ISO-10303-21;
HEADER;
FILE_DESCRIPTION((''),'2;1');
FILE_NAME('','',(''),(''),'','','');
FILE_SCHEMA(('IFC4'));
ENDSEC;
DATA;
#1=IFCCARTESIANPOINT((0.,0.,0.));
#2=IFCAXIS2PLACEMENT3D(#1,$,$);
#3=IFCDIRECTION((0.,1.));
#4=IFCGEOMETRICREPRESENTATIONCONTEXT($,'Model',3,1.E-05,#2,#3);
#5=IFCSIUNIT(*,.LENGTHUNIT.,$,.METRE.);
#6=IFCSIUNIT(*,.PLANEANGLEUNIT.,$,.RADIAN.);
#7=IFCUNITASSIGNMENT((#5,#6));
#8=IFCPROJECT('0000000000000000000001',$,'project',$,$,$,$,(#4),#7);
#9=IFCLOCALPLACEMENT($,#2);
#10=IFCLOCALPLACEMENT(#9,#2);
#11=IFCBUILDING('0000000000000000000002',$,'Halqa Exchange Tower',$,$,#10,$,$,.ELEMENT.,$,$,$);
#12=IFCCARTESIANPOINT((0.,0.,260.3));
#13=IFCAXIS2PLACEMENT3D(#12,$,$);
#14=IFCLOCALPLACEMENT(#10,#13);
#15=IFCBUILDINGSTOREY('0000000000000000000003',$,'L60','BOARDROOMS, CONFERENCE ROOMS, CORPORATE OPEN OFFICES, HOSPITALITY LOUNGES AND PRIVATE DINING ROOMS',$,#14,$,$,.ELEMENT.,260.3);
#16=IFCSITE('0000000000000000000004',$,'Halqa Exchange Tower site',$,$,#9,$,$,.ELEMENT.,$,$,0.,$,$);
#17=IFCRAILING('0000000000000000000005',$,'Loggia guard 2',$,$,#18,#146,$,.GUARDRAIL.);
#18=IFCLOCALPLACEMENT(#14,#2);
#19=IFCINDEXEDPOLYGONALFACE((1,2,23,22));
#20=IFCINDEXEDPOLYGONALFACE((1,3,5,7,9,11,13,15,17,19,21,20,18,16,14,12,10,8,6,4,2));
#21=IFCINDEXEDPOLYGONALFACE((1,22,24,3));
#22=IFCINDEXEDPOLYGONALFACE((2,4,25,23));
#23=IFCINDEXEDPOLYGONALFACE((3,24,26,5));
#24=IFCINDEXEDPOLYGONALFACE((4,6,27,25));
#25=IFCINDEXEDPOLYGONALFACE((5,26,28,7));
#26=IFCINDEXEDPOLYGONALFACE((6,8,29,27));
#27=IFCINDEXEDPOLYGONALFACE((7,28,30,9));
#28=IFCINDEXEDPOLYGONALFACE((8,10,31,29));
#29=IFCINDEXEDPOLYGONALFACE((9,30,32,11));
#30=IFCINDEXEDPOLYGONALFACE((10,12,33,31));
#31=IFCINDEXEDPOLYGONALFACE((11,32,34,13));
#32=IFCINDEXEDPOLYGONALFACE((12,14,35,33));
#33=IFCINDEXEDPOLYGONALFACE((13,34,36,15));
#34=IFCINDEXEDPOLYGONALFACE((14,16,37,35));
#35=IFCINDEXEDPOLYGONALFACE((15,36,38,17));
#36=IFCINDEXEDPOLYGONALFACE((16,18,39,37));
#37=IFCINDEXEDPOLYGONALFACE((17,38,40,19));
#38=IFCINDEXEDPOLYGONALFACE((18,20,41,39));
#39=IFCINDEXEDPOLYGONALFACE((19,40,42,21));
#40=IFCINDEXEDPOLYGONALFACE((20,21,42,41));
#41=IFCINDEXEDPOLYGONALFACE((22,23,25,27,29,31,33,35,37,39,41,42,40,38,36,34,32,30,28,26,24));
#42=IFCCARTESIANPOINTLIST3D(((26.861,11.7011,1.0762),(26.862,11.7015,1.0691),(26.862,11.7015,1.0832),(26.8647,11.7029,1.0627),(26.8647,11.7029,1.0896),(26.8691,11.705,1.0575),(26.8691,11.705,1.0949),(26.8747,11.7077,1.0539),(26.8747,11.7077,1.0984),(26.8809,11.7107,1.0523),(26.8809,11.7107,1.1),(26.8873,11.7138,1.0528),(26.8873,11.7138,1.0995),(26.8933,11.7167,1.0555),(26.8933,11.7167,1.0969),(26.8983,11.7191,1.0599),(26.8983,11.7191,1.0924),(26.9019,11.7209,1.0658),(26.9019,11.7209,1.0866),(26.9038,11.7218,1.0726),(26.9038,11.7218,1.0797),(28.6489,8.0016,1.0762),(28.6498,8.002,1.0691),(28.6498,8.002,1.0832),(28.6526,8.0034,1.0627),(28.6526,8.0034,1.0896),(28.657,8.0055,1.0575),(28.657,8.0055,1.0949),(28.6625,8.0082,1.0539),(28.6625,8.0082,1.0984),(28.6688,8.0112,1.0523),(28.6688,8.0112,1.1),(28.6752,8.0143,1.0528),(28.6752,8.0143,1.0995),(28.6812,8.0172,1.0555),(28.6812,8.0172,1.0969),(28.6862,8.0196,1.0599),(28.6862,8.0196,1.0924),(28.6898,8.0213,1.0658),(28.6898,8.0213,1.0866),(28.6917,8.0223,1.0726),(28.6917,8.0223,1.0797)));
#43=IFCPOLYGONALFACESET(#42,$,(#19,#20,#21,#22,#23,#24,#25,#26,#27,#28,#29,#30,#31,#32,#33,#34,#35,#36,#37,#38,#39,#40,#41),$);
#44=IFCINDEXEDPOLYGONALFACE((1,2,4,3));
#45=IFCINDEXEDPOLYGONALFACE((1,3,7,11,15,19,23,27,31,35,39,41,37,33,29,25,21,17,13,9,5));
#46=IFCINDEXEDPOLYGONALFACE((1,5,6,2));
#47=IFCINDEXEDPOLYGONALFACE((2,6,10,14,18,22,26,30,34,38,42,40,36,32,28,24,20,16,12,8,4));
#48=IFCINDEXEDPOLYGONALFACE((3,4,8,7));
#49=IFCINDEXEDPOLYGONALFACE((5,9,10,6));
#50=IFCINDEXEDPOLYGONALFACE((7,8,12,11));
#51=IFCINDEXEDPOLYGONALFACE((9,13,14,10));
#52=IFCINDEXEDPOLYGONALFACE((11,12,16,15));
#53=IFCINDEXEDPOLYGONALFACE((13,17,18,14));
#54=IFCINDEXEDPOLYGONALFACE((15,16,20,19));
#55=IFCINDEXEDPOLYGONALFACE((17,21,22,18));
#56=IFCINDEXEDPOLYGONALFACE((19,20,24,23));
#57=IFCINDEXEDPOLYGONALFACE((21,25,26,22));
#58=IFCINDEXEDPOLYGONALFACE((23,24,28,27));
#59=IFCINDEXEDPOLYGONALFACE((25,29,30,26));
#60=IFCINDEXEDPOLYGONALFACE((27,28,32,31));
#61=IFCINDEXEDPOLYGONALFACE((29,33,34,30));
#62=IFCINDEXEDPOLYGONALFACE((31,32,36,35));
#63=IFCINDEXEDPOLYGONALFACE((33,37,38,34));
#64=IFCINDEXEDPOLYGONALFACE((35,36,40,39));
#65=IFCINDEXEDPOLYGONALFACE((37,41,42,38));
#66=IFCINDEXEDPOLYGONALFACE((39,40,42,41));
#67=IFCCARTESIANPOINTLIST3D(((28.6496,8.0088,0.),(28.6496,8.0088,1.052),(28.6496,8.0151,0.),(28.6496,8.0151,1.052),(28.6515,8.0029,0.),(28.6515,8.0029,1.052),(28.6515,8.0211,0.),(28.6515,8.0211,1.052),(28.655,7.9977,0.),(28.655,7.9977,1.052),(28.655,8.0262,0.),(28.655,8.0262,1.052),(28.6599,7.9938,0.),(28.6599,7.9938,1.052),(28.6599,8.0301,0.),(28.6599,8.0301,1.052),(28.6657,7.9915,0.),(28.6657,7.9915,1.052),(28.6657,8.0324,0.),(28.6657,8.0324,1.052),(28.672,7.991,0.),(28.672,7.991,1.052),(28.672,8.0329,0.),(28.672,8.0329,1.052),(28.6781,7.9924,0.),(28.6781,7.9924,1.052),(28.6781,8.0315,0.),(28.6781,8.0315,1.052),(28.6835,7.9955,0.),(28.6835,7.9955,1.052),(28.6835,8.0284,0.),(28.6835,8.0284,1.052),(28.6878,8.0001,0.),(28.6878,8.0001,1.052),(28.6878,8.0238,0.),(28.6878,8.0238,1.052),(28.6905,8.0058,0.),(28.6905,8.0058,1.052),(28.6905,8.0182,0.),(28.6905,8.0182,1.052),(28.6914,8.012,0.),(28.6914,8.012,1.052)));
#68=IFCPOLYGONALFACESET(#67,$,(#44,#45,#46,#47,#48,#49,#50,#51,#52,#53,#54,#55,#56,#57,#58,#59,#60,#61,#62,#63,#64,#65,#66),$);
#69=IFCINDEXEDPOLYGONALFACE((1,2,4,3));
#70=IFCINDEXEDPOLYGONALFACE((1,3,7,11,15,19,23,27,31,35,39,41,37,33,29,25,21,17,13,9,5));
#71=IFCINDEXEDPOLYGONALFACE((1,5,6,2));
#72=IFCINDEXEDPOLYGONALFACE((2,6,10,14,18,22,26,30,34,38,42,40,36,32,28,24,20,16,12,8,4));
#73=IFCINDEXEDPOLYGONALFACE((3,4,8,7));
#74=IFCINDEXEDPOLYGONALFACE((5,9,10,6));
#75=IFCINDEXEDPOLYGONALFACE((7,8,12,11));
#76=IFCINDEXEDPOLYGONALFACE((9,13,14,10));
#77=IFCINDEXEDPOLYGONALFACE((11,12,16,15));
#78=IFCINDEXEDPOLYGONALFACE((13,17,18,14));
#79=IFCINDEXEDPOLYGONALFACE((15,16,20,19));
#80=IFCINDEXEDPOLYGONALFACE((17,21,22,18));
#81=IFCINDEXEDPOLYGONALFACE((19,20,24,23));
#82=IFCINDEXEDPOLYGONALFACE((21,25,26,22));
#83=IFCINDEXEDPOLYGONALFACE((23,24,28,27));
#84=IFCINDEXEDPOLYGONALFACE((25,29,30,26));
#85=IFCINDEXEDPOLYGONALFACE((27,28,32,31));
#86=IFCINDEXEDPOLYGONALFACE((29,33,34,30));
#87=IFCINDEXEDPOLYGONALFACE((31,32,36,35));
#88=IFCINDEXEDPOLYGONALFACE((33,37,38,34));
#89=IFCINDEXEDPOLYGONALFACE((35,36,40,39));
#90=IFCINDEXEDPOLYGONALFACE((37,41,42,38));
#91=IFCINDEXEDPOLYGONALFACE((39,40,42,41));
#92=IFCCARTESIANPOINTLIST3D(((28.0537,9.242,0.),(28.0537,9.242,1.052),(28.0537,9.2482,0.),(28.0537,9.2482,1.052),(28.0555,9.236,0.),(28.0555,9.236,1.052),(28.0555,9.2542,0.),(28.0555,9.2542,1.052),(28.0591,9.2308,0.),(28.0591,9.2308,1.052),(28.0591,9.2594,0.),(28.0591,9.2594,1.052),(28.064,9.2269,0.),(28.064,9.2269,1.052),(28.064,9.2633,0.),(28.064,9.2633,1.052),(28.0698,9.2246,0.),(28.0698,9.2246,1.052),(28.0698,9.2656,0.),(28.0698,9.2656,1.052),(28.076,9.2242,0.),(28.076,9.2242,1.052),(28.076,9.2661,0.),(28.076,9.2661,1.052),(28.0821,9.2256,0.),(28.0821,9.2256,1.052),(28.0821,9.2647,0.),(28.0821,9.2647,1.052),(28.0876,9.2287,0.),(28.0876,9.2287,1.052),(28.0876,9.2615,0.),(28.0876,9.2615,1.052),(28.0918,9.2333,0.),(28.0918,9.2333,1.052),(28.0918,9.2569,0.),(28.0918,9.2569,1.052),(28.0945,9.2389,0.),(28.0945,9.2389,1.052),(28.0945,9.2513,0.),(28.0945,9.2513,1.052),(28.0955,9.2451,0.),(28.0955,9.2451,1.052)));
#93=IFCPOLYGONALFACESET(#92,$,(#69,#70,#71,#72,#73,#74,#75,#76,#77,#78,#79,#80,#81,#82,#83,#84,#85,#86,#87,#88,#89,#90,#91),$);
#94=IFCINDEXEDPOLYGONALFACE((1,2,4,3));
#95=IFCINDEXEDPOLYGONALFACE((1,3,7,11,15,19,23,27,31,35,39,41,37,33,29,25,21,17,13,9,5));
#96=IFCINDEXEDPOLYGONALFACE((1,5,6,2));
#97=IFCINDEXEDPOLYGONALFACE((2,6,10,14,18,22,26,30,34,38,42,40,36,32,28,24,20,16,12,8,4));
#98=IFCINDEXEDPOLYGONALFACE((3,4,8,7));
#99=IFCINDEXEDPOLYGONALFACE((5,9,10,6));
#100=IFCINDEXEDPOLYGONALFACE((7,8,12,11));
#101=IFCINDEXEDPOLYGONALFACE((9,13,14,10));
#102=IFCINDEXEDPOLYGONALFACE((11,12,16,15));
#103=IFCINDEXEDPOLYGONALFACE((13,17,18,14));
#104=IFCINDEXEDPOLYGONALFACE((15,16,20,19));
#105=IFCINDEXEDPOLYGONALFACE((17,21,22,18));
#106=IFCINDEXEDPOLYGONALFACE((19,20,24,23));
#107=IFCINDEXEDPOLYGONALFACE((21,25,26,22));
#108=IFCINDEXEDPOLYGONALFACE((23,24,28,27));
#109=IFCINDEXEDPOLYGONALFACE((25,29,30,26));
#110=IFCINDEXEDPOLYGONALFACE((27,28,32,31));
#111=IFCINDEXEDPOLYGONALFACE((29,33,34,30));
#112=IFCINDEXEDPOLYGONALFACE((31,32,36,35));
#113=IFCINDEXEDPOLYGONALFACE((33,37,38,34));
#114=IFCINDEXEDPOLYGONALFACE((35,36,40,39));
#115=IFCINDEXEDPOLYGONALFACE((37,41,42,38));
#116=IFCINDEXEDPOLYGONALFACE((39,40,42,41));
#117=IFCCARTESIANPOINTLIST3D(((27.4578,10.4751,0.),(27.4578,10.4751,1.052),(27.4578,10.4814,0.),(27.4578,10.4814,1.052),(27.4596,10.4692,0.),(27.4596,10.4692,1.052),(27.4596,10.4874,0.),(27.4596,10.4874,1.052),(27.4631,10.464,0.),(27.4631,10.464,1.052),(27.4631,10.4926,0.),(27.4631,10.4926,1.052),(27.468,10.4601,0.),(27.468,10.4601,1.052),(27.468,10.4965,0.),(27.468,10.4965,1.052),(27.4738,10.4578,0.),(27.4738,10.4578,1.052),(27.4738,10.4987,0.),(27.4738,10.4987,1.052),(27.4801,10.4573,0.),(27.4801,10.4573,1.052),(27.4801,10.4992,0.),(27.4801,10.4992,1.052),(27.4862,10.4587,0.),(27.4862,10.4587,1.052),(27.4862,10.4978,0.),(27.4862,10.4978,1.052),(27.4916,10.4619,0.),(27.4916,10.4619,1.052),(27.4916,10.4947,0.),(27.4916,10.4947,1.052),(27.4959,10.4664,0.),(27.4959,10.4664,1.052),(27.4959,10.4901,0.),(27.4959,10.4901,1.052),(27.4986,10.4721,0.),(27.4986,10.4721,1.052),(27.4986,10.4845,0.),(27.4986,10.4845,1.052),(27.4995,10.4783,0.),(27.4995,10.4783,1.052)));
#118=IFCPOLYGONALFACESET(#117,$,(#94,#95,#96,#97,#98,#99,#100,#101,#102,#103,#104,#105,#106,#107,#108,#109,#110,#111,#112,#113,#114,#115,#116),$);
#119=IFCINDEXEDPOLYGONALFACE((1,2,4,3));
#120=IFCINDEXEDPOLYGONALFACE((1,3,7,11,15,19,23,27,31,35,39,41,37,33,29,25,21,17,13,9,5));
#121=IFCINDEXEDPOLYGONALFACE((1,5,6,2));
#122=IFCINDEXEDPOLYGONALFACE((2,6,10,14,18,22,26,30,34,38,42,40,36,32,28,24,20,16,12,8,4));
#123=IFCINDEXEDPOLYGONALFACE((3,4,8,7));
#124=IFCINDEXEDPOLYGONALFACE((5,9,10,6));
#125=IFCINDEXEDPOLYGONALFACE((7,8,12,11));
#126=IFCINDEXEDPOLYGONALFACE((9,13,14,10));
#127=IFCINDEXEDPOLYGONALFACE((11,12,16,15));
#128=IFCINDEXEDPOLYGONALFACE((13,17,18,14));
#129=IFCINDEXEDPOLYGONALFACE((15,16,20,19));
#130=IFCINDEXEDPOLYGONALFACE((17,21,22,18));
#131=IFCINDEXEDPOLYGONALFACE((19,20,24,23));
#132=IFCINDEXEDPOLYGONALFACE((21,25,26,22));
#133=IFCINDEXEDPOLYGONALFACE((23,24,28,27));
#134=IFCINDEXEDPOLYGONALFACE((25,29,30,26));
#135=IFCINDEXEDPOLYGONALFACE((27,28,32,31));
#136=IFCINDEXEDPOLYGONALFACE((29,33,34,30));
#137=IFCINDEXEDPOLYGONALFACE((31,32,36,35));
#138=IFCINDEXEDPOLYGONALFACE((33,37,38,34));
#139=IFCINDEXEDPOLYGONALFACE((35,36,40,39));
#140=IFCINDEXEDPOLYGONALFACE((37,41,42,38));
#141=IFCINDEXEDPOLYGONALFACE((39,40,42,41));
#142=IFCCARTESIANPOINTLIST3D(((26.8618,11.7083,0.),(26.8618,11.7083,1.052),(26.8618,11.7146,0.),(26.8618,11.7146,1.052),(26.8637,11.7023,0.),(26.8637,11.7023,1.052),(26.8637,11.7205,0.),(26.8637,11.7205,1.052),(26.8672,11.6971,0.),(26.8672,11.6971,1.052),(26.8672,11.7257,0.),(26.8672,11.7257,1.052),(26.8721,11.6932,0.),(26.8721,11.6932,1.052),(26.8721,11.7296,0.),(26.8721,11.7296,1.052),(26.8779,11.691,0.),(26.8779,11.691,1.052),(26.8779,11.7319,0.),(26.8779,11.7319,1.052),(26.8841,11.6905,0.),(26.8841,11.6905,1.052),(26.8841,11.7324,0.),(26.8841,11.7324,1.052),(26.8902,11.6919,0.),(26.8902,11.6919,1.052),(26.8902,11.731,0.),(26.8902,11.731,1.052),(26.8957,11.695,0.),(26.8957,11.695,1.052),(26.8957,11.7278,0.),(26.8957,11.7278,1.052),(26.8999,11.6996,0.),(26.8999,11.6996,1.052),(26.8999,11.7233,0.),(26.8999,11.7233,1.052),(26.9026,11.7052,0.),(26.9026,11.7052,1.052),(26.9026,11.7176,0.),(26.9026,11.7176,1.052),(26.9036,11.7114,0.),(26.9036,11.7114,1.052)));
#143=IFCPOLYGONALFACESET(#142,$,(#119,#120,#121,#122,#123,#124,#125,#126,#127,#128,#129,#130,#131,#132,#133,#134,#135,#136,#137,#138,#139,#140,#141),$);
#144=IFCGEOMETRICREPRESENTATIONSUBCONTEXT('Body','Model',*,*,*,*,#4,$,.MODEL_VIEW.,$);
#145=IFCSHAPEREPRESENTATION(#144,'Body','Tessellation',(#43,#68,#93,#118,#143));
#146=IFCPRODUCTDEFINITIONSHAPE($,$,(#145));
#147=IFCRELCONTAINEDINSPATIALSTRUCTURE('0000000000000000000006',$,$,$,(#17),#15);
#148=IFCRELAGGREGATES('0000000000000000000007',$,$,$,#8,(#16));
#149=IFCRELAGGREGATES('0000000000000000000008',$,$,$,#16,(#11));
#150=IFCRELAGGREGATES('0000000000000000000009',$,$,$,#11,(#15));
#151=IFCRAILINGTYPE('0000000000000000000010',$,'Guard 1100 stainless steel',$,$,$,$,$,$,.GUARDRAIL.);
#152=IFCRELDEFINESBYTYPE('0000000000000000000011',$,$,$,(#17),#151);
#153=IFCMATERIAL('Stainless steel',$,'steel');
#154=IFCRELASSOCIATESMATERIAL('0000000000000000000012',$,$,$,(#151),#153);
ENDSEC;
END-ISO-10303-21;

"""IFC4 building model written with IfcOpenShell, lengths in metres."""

from ifc_helpers import new_model, si_unit, direction, frame, origin, origin_2d, place, context, subcontext, project, spatial, circle, extrude, material, type_object, element, save


model = new_model("IFC4")

# Units and contexts
model_context = context("Model", 3, precision=1e-05, world=origin(), true_north=direction((0.0, 1.0)))
body_context = subcontext(model_context, "Body", "Model", "MODEL_VIEW")
ifc_project = project(units=[si_unit("LENGTHUNIT", "METRE"), si_unit("PLANEANGLEUNIT", "RADIAN")], contexts=[model_context])

# Site, building, storey
site_placement = place(None, origin())
site = spatial("IfcSite", under=ifc_project, at=site_placement, Name="Halqa Exchange Tower site", CompositionType="ELEMENT", RefElevation=0.0)
building_placement = place(site_placement, origin())
building = spatial("IfcBuilding", under=site, at=building_placement, Name="Halqa Exchange Tower", CompositionType="ELEMENT")
storey_placement = place(building_placement, frame((0.0, 0.0, 260.3)))
storey = spatial("IfcBuildingStorey", under=building, at=storey_placement, Name="L60", Description="BOARDROOMS, CONFERENCE ROOMS, CORPORATE OPEN OFFICES, HOSPITALITY LOUNGES AND PRIVATE DINING ROOMS", CompositionType="ELEMENT", Elevation=260.3)

# Railing
ifc_material_1 = material(Name="Stainless steel", Category="steel")
railing_type = type_object("IfcRailingType", Name="Guard 1100 stainless steel", PredefinedType="GUARDRAIL", material=ifc_material_1)
railing_1_placement = place(storey_placement, frame((28.6704, 8.012, 0.0)))
element("IfcRailing", 1, at=railing_1_placement, inside=storey, type_object=railing_type, Name="Loggia guard 2", PredefinedType="GUARDRAIL", context=body_context, shape_type="SweptSolid", body=[
    extrude(circle(Radius=0.0239, at=origin_2d()), frame((0.0, 0.0, 1.0762), z_axis=(-0.435123, 0.900371, 0.0), x_axis=(-0.900371, -0.435123, 0.0)), (0.0, 0.0, 1.0), 4.1089),
    extrude(circle(Radius=0.021, at=origin_2d()), origin(), (0.0, 0.0, 1.0), 1.052),
    extrude(circle(Radius=0.021, at=origin_2d()), frame((-0.5959, 1.2332, 0.0)), (0.0, 0.0, 1.0), 1.052),
    extrude(circle(Radius=0.021, at=origin_2d()), frame((-1.1919, 2.4663, 0.0)), (0.0, 0.0, 1.0), 1.052),
    extrude(circle(Radius=0.021, at=origin_2d()), frame((-1.7878, 3.6995, 0.0)), (0.0, 0.0, 1.0), 1.052),
])

save(model, "model.ifc")
